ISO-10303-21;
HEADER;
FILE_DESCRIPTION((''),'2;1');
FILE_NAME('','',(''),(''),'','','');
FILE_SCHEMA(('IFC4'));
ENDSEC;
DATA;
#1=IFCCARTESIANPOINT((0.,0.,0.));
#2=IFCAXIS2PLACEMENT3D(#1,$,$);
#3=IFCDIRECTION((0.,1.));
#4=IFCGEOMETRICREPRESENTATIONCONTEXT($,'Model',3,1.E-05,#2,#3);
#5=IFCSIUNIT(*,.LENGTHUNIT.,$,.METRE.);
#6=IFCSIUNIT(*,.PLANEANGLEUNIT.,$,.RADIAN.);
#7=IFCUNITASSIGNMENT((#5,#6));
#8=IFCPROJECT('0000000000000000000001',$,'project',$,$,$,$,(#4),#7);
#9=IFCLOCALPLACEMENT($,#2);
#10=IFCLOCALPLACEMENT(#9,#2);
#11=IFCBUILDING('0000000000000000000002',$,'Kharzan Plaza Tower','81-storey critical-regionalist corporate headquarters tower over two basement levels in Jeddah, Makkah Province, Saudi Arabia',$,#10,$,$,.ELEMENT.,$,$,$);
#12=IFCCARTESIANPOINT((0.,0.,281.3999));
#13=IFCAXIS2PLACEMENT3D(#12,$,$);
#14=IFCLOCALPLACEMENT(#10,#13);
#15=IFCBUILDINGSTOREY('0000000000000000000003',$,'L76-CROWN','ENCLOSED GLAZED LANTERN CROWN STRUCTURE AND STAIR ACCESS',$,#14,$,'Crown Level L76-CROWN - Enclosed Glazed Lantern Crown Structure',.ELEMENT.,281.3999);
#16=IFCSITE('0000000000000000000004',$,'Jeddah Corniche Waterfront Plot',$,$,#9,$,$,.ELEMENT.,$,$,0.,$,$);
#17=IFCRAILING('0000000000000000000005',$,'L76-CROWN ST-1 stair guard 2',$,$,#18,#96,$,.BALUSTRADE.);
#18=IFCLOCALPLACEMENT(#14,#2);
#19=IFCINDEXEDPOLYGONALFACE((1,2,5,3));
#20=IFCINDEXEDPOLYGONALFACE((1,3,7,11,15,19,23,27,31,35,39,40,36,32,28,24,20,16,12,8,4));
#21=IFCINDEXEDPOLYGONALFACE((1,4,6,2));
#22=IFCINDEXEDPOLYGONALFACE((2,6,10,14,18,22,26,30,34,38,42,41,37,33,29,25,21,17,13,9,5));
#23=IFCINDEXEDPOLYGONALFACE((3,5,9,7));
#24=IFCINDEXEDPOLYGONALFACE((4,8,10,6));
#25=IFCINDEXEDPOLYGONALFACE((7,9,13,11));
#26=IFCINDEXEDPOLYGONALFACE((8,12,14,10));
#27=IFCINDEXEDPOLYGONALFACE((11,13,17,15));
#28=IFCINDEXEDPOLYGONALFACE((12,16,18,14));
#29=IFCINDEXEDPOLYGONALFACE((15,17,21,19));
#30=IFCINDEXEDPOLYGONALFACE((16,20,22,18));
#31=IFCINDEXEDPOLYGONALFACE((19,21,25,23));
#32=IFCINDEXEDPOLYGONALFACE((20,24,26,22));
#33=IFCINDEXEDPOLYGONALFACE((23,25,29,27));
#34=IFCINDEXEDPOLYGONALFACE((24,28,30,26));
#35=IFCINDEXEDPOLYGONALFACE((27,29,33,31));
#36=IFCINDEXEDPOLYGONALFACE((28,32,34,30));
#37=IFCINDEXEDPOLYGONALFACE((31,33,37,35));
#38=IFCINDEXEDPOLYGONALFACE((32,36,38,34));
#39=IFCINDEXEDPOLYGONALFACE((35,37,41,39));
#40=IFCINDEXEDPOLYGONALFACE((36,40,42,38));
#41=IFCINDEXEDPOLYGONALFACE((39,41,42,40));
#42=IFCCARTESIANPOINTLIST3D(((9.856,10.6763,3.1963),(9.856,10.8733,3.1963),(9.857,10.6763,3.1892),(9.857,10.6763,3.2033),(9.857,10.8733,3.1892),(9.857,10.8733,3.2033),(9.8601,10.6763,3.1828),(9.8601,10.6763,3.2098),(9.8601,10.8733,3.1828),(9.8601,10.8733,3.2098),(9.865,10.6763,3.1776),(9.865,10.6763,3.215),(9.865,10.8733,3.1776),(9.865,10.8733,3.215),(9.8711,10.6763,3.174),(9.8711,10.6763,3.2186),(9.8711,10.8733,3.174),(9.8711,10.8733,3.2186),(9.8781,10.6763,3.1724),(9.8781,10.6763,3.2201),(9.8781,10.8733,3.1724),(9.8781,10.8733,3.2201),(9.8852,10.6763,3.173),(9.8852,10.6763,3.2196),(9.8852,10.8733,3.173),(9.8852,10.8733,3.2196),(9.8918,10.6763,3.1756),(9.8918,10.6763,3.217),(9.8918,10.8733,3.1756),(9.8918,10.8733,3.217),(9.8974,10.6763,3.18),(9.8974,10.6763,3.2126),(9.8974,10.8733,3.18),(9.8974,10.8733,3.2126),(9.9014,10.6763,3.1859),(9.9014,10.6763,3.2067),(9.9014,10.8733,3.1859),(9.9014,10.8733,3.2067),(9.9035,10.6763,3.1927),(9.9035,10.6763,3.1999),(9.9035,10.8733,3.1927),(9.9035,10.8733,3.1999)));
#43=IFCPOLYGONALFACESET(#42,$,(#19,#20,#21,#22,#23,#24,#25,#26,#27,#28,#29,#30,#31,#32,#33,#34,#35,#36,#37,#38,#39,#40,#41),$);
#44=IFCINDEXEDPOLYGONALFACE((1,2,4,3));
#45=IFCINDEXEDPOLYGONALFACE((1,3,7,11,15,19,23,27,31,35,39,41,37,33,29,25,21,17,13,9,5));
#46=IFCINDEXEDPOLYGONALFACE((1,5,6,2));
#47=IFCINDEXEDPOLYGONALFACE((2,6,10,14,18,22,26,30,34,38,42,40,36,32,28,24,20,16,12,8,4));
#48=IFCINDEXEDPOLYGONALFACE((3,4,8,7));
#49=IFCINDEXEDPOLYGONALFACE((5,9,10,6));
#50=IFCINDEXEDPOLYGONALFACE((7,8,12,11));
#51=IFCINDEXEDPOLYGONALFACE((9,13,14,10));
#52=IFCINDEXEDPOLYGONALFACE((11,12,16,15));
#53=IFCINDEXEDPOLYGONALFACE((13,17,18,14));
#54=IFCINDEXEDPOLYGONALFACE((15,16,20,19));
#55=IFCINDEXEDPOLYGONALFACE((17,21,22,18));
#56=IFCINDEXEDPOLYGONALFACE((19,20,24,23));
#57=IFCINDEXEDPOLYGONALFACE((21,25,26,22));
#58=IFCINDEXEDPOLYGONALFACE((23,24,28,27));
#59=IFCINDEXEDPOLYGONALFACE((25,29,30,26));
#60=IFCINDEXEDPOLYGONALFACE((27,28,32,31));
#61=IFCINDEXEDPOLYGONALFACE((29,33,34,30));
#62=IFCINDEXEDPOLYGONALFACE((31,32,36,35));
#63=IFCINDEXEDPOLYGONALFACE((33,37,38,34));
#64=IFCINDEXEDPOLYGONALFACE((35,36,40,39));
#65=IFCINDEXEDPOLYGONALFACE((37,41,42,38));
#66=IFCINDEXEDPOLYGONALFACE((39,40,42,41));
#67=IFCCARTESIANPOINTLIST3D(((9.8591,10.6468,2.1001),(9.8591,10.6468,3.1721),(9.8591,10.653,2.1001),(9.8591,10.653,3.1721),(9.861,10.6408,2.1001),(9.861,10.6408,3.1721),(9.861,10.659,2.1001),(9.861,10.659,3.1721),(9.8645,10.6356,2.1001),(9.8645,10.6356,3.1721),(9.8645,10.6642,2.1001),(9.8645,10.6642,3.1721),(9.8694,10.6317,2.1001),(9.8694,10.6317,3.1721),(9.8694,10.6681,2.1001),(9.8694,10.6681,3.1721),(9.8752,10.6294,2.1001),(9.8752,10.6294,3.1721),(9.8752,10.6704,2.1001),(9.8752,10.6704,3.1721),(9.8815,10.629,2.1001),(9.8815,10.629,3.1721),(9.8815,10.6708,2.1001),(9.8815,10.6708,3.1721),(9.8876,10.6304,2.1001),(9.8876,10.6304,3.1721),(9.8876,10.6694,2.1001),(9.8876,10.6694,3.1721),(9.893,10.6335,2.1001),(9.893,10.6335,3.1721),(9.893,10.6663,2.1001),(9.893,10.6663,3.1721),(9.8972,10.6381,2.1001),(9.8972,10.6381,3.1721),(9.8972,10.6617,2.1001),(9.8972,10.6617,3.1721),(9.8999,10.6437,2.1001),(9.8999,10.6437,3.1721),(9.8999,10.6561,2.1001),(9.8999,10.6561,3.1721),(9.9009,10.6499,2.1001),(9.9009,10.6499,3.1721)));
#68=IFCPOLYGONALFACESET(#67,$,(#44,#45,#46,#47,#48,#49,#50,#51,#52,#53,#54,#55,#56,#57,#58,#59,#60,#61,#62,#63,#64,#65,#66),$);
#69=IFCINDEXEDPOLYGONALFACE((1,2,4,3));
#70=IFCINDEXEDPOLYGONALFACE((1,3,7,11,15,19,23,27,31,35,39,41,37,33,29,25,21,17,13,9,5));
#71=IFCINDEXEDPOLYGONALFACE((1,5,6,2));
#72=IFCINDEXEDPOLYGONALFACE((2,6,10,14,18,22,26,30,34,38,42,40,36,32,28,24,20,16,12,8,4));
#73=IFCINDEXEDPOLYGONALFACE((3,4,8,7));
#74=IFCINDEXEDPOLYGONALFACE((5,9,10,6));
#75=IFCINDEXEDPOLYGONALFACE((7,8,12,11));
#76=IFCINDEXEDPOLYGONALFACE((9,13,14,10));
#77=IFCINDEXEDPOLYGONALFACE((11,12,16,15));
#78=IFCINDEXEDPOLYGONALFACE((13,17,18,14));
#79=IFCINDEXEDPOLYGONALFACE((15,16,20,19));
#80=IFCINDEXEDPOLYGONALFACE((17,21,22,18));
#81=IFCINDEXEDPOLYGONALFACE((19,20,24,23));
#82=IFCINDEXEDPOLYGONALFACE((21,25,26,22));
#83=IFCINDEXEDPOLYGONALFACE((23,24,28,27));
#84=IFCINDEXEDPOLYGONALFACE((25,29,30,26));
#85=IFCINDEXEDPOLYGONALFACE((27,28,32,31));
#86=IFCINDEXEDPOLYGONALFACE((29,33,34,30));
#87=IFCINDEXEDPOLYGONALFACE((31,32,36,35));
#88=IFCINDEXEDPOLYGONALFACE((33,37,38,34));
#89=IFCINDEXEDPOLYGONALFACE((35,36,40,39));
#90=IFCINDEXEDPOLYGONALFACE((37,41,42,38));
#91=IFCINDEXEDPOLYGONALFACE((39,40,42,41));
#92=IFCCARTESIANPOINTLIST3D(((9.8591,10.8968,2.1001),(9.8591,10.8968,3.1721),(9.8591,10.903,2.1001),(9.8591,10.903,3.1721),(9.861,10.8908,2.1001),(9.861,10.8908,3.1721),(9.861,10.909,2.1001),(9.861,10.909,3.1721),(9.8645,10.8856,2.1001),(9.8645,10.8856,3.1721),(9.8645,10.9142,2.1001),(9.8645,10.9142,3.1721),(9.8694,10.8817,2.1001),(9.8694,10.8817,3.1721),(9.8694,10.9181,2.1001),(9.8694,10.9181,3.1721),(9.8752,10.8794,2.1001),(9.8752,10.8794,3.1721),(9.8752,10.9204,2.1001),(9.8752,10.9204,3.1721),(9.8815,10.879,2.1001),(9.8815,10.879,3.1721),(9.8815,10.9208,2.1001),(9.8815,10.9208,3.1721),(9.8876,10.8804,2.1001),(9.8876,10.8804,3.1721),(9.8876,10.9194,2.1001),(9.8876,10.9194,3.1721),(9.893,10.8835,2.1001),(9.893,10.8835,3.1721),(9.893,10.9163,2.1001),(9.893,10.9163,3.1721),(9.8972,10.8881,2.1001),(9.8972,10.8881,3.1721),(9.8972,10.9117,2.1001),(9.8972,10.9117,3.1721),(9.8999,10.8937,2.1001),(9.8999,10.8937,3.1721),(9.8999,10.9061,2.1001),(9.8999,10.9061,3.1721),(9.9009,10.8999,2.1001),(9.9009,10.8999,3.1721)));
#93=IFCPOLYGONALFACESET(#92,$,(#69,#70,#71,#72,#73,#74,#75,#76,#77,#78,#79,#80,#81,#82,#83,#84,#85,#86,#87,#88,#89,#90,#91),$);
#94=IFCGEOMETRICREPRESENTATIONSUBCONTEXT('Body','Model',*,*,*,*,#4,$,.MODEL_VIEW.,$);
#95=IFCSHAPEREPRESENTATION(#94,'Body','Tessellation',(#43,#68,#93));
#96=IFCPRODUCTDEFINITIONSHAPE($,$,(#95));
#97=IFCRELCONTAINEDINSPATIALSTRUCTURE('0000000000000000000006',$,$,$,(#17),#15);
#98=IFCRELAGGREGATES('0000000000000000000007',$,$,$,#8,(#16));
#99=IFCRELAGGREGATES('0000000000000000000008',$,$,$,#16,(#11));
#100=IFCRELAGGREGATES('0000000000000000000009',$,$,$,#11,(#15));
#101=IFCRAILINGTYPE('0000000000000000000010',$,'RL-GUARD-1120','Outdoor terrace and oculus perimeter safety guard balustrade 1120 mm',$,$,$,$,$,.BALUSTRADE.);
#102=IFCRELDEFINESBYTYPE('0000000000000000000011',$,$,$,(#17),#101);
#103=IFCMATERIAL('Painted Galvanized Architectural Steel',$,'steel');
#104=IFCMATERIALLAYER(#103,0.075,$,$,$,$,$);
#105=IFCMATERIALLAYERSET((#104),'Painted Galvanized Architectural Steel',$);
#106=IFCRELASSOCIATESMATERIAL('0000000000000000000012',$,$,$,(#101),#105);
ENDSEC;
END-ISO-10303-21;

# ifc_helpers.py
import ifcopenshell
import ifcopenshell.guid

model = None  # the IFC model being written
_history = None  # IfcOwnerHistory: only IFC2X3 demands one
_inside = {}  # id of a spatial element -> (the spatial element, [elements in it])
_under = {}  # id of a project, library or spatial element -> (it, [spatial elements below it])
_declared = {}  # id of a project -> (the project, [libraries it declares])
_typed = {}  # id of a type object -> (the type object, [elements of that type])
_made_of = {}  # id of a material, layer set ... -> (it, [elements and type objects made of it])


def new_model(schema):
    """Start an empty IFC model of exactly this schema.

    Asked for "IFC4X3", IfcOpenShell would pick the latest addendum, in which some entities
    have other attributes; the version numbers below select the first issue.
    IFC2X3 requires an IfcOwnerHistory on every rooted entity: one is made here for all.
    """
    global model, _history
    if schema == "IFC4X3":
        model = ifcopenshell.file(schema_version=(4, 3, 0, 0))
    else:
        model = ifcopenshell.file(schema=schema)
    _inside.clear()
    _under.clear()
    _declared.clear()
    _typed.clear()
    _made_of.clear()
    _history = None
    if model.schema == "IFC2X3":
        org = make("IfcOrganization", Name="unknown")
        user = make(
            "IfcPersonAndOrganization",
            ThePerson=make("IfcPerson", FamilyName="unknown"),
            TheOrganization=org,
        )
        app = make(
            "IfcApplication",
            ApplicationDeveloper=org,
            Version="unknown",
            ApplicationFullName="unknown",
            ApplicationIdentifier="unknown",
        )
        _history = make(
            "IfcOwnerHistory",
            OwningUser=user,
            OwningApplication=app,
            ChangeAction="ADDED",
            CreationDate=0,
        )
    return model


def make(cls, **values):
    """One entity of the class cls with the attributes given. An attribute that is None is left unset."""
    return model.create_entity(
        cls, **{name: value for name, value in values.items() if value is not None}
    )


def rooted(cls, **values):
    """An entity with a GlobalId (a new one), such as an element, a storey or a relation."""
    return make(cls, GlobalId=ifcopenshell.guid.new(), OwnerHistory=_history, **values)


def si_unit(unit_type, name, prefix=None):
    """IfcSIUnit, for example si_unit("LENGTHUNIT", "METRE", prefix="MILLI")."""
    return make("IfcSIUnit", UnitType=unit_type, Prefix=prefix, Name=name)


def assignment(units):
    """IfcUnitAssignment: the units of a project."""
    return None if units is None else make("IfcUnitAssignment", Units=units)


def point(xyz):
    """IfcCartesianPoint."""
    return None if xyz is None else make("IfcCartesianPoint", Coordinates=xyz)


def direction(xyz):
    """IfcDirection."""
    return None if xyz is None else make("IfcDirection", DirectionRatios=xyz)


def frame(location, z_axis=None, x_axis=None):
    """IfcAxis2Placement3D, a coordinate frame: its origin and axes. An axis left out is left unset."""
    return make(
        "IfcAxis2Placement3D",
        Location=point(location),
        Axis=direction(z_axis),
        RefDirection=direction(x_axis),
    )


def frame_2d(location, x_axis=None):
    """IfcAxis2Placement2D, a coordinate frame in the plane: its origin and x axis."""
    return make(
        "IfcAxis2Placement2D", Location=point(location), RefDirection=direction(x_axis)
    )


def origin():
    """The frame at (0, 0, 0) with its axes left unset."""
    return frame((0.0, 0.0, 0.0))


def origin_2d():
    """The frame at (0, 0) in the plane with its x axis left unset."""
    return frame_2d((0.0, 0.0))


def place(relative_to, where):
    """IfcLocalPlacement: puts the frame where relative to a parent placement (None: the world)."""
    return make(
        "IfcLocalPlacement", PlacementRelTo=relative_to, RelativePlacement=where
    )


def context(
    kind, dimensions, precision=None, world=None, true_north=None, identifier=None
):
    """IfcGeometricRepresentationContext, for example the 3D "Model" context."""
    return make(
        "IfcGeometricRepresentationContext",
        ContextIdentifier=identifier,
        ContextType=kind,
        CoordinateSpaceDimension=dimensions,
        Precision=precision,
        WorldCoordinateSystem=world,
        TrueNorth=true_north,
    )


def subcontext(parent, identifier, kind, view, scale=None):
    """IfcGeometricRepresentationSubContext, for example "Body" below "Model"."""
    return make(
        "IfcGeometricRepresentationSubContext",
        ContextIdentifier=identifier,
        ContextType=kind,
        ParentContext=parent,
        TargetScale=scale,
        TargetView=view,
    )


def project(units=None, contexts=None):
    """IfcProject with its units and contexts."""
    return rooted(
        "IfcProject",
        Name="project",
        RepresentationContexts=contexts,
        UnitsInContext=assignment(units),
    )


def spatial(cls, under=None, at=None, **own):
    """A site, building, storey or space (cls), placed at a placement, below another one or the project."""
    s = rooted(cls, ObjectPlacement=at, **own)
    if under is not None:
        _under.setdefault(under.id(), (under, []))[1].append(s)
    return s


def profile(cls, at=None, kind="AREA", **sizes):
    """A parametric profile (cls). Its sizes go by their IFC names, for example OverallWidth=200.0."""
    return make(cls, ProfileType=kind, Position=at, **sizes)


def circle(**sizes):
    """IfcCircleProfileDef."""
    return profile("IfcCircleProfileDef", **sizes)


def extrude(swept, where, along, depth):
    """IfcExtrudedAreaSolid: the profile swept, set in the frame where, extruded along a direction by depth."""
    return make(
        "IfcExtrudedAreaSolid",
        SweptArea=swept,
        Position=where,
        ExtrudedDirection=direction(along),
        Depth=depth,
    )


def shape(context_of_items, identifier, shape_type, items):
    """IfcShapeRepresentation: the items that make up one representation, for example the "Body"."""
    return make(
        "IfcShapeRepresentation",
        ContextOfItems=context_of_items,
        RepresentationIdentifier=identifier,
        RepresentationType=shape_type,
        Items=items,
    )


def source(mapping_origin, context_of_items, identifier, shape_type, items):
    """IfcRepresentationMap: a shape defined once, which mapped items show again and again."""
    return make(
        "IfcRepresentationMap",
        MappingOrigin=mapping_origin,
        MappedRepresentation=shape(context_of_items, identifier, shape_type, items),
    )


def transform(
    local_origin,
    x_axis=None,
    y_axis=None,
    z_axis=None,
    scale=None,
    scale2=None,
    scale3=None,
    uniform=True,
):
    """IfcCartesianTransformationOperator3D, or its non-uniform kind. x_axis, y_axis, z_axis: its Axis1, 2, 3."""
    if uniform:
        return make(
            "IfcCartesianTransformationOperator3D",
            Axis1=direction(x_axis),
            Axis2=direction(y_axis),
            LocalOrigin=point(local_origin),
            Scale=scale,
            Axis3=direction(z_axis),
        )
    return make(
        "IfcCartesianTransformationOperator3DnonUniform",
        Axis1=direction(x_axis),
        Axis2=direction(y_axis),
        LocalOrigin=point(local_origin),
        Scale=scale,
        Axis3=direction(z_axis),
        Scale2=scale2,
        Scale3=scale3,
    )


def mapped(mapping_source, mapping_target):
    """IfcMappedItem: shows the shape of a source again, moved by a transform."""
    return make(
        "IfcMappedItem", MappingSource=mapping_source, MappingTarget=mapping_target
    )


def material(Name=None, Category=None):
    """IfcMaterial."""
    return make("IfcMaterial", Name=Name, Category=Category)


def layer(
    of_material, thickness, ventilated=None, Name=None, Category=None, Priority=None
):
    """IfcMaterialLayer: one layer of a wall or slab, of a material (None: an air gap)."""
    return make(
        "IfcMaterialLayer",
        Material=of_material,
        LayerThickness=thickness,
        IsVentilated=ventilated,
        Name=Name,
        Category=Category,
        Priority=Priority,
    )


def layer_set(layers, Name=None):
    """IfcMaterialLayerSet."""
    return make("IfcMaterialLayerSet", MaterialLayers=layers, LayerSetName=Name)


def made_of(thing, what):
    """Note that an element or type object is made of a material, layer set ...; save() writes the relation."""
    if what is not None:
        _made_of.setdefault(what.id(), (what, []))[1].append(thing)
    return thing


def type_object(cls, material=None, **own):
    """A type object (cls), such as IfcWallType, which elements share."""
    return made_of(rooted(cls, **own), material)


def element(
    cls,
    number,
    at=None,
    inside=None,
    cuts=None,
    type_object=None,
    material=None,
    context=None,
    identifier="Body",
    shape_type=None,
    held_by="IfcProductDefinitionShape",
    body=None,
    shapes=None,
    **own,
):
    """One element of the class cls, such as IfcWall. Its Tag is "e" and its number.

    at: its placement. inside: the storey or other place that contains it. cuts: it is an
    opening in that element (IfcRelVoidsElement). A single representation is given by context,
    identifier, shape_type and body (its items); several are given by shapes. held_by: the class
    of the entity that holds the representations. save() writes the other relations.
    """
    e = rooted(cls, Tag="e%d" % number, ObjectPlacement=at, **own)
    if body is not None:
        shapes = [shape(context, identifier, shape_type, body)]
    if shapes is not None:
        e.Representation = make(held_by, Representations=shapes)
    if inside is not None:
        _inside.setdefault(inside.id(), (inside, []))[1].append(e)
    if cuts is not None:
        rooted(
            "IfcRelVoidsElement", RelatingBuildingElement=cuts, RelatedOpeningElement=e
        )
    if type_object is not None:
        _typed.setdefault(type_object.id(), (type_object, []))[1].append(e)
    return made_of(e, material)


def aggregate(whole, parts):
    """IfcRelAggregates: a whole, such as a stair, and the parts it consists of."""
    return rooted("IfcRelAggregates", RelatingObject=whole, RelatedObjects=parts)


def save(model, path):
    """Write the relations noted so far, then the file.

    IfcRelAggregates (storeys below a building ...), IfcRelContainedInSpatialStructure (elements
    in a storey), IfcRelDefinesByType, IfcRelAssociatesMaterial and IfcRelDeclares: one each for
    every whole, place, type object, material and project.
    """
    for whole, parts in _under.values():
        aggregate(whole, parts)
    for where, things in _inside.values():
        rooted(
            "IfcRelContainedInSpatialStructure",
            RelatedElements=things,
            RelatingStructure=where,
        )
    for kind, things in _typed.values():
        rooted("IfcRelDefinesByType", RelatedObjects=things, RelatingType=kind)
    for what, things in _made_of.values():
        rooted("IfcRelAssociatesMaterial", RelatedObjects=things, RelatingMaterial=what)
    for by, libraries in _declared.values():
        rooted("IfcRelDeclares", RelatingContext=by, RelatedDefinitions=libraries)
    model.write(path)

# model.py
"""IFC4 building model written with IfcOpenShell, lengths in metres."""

from ifc_helpers import new_model, si_unit, direction, frame, origin, origin_2d, place, context, subcontext, project, spatial, circle, extrude, source, transform, mapped, material, layer, layer_set, type_object, element, save


model = new_model("IFC4")

# Units and contexts
model_context = context("Model", 3, precision=1e-05, world=origin(), true_north=direction((0.0, 1.0)))
body_context = subcontext(model_context, "Body", "Model", "MODEL_VIEW")
ifc_project = project(units=[si_unit("LENGTHUNIT", "METRE"), si_unit("PLANEANGLEUNIT", "RADIAN")], contexts=[model_context])

# Site, building, storey
site_placement = place(None, origin())
site = spatial("IfcSite", under=ifc_project, at=site_placement, Name="Jeddah Corniche Waterfront Plot", CompositionType="ELEMENT", RefElevation=0.0)
building_placement = place(site_placement, origin())
building = spatial("IfcBuilding", under=site, at=building_placement, Name="Kharzan Plaza Tower", Description="81-storey critical-regionalist corporate headquarters tower over two basement levels in Jeddah, Makkah Province, Saudi Arabia", CompositionType="ELEMENT")
storey_placement = place(building_placement, frame((0.0, 0.0, 281.3999)))
storey = spatial("IfcBuildingStorey", under=building, at=storey_placement, Name="L76-CROWN", Description="ENCLOSED GLAZED LANTERN CROWN STRUCTURE AND STAIR ACCESS", LongName="Crown Level L76-CROWN - Enclosed Glazed Lantern Crown Structure", CompositionType="ELEMENT", Elevation=281.3999)

# Railing
ifc_material_1 = material(Name="Painted Galvanized Architectural Steel", Category="steel")
ifc_layer_1 = layer(ifc_material_1, 0.075)
ifc_layer_set_1 = layer_set([ifc_layer_1], Name="Painted Galvanized Architectural Steel")
railing_type = type_object("IfcRailingType", Name="RL-GUARD-1120", Description="Outdoor terrace and oculus perimeter safety guard balustrade 1120 mm", PredefinedType="BALUSTRADE", material=ifc_layer_set_1)
shared_shape_1 = source(origin(), body_context, "Body", "SweptSolid", [
    extrude(circle(Radius=0.0239, at=origin_2d()), frame((0.0, 0.0264, 1.0962), z_axis=(0.0, 1.0, 0.0), x_axis=(-1.0, 0.0, 0.0)), (0.0, 0.0, 1.0), 0.197),
    extrude(circle(Radius=0.021, at=origin_2d()), origin(), (0.0, 0.0, 1.0), 1.072),
    extrude(circle(Radius=0.021, at=origin_2d()), frame((0.0, 0.25, 0.0)), (0.0, 0.0, 1.0), 1.072),
])
railing_placement = place(storey_placement, frame((9.8799, 10.6499, 2.1001)))
element("IfcRailing", 1, at=railing_placement, inside=storey, type_object=railing_type, Name="L76-CROWN ST-1 stair guard 2", PredefinedType="BALUSTRADE", context=body_context, shape_type="MappedRepresentation", body=[
    mapped(shared_shape_1, transform((0.0, 0.0, 0.0), x_axis=(1.0, 0.0, 0.0), y_axis=(0.0, 1.0, 0.0), z_axis=(0.0, 0.0, 1.0))),
])

save(model, "model.ifc")
